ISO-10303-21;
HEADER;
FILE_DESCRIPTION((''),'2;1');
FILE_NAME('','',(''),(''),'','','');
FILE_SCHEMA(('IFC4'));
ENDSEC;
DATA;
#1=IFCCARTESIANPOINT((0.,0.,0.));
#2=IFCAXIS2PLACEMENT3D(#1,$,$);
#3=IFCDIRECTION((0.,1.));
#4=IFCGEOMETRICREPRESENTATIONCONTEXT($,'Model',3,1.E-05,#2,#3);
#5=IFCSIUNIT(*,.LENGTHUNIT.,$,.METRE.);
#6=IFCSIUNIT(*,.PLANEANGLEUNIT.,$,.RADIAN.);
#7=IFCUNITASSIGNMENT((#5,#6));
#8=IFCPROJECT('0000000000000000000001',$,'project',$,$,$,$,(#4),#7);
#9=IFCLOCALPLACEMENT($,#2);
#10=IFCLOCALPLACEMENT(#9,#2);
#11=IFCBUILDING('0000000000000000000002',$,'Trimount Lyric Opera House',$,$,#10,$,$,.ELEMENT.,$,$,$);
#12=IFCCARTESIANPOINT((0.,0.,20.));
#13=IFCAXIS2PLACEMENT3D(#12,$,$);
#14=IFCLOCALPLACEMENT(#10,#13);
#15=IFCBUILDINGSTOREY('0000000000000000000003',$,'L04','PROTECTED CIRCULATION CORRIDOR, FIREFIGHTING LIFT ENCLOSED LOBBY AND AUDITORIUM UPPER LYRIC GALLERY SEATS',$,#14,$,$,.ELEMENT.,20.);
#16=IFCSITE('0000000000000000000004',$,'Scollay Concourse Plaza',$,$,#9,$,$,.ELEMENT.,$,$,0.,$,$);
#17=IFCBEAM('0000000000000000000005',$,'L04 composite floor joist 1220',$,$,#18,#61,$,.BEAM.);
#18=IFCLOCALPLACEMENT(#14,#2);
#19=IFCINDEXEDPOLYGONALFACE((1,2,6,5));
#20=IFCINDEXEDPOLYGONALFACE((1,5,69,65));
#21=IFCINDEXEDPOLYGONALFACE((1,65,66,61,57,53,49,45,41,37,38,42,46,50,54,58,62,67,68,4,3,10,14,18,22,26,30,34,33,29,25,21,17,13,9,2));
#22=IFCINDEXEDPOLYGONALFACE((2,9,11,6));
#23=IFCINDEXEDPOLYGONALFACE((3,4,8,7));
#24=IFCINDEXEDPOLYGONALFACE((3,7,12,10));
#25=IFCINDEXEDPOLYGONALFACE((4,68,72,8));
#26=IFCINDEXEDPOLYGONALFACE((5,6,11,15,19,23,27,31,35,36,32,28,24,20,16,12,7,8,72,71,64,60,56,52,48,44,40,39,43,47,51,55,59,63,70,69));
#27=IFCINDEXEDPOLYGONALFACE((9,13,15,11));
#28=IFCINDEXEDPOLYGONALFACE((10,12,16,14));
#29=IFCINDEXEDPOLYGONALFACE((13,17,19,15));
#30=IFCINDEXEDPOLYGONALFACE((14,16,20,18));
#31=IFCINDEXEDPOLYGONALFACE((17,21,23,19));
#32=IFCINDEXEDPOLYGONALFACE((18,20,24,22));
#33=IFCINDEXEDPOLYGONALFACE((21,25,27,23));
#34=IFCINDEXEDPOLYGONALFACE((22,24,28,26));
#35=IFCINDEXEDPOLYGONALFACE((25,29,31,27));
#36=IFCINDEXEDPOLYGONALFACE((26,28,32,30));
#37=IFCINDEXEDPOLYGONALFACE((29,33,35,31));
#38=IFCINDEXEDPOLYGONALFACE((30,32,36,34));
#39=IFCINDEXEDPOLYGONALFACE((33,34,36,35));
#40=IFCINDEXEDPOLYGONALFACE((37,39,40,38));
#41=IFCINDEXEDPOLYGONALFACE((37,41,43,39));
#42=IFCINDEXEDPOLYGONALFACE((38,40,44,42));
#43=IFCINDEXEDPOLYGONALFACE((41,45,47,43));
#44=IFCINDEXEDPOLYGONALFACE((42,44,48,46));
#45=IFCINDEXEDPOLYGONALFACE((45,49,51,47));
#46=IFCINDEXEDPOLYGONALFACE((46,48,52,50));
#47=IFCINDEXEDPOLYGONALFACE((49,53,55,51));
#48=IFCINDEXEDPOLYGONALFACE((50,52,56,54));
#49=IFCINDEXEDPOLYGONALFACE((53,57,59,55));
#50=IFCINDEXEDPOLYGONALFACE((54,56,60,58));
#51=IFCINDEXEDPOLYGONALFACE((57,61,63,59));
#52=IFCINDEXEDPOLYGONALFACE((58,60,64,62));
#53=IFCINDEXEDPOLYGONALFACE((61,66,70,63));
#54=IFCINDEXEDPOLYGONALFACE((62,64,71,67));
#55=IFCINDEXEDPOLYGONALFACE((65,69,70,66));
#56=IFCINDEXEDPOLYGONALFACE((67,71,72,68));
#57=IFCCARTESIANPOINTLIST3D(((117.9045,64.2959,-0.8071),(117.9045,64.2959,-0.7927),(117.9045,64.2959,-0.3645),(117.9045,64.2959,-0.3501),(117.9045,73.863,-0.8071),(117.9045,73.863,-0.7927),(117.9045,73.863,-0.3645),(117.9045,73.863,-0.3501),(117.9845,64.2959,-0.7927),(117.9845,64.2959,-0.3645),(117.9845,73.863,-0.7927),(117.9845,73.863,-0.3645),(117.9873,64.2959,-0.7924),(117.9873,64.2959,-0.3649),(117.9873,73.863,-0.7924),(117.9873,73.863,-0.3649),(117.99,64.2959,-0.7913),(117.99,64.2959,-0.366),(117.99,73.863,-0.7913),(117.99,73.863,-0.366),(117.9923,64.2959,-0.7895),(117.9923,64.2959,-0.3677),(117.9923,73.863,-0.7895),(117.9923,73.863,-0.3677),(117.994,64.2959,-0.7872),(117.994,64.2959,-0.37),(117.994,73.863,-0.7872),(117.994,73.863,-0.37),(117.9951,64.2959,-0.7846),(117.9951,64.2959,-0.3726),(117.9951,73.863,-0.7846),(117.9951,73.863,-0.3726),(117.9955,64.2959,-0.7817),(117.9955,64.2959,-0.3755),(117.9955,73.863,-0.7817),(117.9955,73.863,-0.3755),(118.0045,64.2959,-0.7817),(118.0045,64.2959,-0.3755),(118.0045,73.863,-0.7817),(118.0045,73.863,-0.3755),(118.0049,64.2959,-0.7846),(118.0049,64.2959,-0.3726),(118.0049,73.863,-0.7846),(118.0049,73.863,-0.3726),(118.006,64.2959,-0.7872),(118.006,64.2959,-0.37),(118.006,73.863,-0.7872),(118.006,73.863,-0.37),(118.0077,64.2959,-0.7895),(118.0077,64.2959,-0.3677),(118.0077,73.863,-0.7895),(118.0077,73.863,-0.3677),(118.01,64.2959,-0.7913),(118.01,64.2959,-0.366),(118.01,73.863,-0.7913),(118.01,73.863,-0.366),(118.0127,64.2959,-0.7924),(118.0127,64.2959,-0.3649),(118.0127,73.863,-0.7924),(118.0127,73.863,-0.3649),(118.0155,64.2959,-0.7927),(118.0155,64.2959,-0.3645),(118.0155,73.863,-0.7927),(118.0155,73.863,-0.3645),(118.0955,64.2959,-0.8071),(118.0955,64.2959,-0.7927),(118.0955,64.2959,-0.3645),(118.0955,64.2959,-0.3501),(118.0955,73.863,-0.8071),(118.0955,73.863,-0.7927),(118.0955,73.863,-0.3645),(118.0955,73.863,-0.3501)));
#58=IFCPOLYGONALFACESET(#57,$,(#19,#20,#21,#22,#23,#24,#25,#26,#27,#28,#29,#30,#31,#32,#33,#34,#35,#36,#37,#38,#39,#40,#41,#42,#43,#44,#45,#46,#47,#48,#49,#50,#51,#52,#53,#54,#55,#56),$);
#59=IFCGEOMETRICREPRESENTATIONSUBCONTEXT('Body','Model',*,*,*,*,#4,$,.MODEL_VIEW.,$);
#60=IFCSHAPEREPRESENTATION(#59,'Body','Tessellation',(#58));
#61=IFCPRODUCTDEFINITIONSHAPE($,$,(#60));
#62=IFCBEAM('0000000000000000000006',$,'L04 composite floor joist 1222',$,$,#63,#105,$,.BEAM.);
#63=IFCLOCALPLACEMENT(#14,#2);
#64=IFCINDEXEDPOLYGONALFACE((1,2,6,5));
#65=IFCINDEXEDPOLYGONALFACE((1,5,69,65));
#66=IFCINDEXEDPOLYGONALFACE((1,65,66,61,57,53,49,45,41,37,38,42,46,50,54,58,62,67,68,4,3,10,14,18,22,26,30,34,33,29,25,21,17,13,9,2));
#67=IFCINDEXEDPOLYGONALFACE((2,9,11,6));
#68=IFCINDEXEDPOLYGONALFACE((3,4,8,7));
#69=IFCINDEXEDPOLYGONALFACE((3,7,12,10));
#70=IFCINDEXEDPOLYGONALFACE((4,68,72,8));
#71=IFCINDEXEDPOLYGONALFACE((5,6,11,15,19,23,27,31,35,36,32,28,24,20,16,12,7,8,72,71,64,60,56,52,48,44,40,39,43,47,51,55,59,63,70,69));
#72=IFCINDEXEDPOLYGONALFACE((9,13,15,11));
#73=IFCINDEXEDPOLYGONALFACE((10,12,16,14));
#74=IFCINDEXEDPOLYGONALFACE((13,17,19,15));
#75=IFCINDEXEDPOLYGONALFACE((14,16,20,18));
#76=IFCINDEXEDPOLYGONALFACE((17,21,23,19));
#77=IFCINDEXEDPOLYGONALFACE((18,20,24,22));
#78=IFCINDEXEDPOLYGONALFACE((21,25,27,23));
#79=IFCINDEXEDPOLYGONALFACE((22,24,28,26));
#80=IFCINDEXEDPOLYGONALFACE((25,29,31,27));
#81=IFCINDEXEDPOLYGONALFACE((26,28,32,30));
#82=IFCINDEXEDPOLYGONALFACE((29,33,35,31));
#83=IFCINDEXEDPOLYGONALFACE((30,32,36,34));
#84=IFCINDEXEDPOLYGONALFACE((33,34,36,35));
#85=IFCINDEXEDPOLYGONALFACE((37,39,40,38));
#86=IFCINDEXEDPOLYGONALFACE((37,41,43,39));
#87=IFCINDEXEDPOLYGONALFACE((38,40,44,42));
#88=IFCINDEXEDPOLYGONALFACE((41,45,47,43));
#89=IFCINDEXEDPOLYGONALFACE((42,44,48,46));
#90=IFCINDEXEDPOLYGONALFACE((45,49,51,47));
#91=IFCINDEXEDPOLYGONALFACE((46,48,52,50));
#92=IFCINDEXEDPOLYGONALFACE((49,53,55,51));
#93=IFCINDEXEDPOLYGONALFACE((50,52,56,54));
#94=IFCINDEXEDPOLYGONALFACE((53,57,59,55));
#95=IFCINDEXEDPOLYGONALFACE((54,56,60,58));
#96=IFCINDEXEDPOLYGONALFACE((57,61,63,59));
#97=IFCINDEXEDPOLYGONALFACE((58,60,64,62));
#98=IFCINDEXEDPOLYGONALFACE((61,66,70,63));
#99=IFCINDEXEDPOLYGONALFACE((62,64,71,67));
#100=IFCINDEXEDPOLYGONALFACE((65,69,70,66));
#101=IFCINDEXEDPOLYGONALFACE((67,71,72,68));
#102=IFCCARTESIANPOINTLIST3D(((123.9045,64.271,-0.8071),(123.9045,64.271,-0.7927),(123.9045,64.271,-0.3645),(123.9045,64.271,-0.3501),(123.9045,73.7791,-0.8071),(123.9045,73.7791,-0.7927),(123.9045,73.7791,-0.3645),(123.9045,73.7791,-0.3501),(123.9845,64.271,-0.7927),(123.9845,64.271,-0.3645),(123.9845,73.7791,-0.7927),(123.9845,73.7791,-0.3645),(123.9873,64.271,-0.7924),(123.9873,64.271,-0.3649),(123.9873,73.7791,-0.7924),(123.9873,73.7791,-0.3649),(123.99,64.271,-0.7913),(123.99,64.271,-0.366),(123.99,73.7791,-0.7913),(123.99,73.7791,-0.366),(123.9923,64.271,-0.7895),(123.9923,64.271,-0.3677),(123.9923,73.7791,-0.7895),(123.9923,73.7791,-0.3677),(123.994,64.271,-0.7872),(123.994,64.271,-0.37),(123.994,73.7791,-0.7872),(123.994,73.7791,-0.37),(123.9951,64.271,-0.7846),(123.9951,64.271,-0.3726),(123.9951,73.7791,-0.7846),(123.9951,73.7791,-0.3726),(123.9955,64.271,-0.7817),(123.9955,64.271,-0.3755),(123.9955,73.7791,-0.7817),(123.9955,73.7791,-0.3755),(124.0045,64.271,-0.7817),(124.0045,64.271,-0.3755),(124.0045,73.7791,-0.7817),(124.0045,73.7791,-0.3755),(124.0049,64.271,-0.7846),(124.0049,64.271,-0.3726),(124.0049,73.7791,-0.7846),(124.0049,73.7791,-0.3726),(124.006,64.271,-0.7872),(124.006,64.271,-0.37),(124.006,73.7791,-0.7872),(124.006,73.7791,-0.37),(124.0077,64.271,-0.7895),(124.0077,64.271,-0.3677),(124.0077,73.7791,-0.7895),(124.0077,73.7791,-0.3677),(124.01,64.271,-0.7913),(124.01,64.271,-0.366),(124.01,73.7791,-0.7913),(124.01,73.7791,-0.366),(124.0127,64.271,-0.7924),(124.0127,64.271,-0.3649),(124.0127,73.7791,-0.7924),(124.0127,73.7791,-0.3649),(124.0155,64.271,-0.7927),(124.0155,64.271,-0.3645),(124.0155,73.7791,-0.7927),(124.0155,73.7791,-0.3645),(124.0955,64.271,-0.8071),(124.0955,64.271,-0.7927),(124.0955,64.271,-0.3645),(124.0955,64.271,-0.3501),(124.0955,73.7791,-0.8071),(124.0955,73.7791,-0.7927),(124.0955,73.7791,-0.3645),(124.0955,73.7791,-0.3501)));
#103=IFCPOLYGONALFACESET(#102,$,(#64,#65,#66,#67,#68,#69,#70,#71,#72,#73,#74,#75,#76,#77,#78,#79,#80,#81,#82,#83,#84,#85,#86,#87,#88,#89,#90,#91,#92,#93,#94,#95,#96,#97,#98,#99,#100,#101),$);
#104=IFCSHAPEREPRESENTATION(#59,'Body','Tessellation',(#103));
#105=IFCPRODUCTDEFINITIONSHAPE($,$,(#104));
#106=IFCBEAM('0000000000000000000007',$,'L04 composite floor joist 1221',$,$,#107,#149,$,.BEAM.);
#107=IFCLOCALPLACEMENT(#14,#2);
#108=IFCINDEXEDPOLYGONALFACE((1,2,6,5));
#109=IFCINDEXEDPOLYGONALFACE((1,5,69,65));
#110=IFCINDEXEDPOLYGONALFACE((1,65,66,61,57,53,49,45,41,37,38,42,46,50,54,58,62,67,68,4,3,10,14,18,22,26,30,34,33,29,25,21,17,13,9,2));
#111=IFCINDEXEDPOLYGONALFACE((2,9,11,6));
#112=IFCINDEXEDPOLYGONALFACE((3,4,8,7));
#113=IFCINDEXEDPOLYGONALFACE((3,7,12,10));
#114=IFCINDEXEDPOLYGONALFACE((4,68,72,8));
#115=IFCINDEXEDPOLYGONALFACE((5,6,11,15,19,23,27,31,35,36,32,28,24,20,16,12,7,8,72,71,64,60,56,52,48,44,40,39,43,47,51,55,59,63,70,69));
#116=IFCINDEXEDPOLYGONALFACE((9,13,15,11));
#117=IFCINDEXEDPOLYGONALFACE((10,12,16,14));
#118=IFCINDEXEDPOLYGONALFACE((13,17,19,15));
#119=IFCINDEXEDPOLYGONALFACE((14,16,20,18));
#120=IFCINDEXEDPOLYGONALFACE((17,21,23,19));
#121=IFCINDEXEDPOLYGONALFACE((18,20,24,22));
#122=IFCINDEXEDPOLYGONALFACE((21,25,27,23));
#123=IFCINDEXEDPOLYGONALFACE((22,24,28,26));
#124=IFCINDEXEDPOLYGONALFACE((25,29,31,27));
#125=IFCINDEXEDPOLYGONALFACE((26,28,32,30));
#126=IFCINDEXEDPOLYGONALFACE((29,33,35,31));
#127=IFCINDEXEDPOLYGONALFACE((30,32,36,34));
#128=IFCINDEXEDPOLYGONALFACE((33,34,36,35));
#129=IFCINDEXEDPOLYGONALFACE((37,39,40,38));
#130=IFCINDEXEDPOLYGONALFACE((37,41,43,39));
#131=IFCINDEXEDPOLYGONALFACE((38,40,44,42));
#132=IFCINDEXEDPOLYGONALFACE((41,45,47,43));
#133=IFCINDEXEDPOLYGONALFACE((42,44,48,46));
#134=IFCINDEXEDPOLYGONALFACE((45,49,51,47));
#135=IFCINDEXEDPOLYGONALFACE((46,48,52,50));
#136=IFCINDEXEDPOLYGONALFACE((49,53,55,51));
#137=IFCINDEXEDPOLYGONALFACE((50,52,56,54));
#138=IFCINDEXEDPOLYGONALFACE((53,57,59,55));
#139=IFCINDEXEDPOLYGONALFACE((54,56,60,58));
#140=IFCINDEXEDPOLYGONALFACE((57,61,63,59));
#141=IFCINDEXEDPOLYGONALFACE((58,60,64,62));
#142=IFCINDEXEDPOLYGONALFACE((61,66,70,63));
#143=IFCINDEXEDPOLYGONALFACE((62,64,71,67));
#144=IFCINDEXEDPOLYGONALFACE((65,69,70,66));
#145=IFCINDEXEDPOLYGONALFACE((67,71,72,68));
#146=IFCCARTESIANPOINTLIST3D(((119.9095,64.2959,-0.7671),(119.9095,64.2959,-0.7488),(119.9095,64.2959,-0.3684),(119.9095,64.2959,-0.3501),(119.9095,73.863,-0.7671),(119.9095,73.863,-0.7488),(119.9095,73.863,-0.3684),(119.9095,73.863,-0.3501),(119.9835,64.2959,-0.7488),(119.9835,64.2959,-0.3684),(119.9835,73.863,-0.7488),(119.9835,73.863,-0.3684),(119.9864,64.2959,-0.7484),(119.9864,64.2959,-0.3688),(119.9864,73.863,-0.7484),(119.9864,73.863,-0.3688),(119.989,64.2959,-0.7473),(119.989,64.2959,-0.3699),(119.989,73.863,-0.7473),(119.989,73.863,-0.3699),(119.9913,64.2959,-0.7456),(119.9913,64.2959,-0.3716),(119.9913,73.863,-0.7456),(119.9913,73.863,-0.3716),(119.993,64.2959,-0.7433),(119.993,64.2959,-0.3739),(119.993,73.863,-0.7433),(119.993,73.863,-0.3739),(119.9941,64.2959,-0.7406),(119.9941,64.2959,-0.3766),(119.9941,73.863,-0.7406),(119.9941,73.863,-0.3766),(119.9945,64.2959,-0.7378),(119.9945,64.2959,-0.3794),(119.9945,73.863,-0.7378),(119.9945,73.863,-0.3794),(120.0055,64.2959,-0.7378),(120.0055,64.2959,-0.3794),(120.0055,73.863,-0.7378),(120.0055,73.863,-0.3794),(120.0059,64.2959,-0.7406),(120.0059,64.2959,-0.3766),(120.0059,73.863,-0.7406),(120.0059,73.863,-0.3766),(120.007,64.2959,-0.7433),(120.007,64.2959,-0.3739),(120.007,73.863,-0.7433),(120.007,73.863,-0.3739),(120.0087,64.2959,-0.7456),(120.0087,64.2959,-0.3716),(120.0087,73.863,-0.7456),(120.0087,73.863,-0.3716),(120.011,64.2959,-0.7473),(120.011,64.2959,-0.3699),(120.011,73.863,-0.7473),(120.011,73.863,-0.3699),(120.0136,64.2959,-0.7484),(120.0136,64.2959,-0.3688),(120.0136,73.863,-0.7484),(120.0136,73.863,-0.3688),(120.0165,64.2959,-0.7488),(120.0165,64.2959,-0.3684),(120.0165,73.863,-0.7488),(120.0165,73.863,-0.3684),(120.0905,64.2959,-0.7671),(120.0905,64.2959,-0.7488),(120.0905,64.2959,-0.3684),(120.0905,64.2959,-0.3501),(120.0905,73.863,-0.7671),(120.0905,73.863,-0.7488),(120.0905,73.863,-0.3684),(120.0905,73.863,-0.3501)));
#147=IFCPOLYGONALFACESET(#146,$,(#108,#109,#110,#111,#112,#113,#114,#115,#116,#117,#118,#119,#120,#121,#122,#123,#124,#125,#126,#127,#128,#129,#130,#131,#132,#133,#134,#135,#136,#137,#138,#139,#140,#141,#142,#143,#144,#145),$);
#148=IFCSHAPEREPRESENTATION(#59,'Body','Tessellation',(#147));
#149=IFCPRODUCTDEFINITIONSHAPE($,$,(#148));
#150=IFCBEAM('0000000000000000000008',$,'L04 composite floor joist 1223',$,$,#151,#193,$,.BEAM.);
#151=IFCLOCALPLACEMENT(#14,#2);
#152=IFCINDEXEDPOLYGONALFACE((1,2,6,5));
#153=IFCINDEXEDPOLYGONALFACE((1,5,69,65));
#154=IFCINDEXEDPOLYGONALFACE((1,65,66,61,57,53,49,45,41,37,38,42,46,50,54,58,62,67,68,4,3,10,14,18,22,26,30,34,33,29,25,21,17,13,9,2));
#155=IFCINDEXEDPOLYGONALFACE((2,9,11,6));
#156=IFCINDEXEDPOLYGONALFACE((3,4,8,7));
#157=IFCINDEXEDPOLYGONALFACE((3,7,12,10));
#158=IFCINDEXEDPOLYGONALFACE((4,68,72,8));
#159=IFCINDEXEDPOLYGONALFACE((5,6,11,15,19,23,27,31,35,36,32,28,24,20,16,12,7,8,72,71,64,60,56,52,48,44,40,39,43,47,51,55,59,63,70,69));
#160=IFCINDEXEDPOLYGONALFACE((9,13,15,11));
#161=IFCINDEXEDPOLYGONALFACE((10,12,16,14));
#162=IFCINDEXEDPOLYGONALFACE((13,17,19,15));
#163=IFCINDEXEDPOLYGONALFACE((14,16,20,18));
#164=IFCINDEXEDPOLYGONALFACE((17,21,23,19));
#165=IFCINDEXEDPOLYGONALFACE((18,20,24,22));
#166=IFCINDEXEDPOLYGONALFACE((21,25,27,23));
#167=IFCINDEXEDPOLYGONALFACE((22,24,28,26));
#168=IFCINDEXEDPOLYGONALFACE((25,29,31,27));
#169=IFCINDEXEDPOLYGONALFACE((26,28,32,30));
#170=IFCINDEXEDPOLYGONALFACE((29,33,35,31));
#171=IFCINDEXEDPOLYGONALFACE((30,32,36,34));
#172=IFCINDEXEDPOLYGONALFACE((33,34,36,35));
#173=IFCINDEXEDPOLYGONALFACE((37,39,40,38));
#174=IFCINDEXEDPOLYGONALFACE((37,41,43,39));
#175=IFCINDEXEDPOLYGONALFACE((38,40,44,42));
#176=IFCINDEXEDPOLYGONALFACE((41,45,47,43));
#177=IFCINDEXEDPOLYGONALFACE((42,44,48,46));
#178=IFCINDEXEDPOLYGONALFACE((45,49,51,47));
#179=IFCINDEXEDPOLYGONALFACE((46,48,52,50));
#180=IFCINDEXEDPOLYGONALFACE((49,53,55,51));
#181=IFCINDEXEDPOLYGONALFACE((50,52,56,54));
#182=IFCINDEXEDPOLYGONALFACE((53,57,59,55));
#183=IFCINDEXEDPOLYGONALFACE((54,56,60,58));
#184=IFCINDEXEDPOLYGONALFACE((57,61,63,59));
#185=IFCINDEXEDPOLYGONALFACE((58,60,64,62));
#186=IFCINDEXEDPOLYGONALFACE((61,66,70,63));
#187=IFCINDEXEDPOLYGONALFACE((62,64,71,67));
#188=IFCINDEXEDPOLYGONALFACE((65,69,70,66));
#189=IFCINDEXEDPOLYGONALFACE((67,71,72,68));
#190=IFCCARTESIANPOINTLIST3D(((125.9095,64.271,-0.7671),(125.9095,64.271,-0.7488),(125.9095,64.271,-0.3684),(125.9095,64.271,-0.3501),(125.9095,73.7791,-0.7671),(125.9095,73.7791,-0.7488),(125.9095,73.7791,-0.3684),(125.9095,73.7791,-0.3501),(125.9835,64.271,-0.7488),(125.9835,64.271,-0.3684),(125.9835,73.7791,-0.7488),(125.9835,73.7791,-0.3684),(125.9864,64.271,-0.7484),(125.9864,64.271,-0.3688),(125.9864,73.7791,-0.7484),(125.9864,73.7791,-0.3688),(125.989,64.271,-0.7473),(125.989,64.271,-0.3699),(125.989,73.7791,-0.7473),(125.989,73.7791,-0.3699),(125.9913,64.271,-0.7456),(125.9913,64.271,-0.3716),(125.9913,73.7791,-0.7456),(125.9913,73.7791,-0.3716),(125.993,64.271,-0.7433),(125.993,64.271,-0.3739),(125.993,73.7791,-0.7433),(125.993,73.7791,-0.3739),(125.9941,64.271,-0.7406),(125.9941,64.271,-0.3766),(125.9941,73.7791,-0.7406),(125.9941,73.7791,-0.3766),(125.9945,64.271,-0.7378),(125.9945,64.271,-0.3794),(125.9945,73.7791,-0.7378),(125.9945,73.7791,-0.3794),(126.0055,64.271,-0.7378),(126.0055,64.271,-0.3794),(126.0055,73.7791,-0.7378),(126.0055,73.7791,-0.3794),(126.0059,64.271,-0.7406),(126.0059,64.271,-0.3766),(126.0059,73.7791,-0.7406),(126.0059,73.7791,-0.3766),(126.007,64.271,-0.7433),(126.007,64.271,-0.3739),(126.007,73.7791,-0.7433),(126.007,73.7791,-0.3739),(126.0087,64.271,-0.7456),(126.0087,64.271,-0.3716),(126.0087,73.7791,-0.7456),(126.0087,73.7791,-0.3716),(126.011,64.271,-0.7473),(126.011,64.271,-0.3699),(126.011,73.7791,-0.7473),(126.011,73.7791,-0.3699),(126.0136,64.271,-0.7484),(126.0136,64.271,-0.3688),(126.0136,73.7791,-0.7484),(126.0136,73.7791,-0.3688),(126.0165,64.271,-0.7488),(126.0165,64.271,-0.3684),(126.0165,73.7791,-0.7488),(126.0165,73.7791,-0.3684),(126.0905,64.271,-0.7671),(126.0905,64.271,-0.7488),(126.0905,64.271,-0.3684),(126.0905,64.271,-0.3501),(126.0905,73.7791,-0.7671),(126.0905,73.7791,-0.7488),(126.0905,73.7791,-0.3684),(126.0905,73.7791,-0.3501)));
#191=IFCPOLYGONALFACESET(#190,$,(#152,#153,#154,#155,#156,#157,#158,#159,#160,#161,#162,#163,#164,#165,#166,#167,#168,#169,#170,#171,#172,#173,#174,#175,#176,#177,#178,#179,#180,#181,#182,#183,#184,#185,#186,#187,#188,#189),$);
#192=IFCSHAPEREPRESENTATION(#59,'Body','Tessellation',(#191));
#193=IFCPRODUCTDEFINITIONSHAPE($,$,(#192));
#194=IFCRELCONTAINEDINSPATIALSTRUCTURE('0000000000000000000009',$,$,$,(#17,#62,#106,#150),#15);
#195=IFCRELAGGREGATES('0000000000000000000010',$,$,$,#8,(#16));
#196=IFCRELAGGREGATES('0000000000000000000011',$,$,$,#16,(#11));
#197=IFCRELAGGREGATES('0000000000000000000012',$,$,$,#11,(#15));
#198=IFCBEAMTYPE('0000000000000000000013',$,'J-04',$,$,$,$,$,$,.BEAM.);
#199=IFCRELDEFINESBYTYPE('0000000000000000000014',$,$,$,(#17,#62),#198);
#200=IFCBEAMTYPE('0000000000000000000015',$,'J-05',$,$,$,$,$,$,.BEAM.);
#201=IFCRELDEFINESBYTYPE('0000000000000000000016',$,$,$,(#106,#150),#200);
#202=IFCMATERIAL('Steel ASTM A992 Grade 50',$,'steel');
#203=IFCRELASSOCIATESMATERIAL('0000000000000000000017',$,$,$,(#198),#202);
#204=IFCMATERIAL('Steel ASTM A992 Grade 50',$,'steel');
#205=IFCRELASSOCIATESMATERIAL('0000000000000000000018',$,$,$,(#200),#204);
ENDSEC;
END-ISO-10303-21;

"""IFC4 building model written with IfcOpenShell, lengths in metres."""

from ifc_helpers import new_model, si_unit, direction, frame, origin, origin_2d, place, context, subcontext, project, spatial, i_section, extrude, material, material_profile, profile_set, type_object, element, save


model = new_model("IFC4")

# Units and contexts
model_context = context("Model", 3, precision=1e-05, world=origin(), true_north=direction((0.0, 1.0)))
body_context = subcontext(model_context, "Body", "Model", "MODEL_VIEW")
ifc_project = project(units=[si_unit("LENGTHUNIT", "METRE"), si_unit("PLANEANGLEUNIT", "RADIAN")], contexts=[model_context])

# Site, building, storey
site_placement = place(None, origin())
site = spatial("IfcSite", under=ifc_project, at=site_placement, Name="Scollay Concourse Plaza", CompositionType="ELEMENT", RefElevation=0.0)
building_placement = place(site_placement, origin())
building = spatial("IfcBuilding", under=site, at=building_placement, Name="Trimount Lyric Opera House", CompositionType="ELEMENT")
storey_placement = place(building_placement, frame((0.0, 0.0, 20.0)))
storey = spatial("IfcBuildingStorey", under=building, at=storey_placement, Name="L04", Description="PROTECTED CIRCULATION CORRIDOR, FIREFIGHTING LIFT ENCLOSED LOBBY AND AUDITORIUM UPPER LYRIC GALLERY SEATS", CompositionType="ELEMENT", Elevation=20.0)

# Beams
ifc_material_1 = material(Name="Steel ASTM A992 Grade 50", Category="steel")
ifc_material_profile_1 = material_profile(ifc_material_1, i_section(OverallWidth=0.1909, OverallDepth=0.457, WebThickness=0.009, FlangeThickness=0.0144, FilletRadius=0.011, at=origin_2d()), Name="W18X50")
ifc_profile_set_1 = profile_set([ifc_material_profile_1], Name="Steel ASTM A992 Grade 50")
beam_type_1 = type_object("IfcBeamType", Name="J-04", PredefinedType="BEAM", material=ifc_profile_set_1)
beam_1_placement = place(storey_placement, frame((118.0, 64.2959, -0.5786), z_axis=(0.0, 1.0, 0.0), x_axis=(-1.0, 0.0, 0.0)))
element("IfcBeam", 1, at=beam_1_placement, inside=storey, type_object=beam_type_1, Name="L04 composite floor joist 1220", PredefinedType="BEAM", context=body_context, shape_type="SweptSolid", body=[
    extrude(i_section(OverallWidth=0.1909, OverallDepth=0.457, WebThickness=0.009, FlangeThickness=0.0144, FilletRadius=0.011, at=origin_2d()), origin(), (0.0, 0.0, 1.0), 9.5671),
])
beam_2_placement = place(storey_placement, frame((124.0, 64.271, -0.5786), z_axis=(0.0, 1.0, 0.0), x_axis=(-1.0, 0.0, 0.0)))
element("IfcBeam", 2, at=beam_2_placement, inside=storey, type_object=beam_type_1, Name="L04 composite floor joist 1222", PredefinedType="BEAM", context=body_context, shape_type="SweptSolid", body=[
    extrude(i_section(OverallWidth=0.1909, OverallDepth=0.457, WebThickness=0.009, FlangeThickness=0.0144, FilletRadius=0.011, at=origin_2d()), origin(), (0.0, 0.0, 1.0), 9.5081),
])
ifc_material_2 = material(Name="Steel ASTM A992 Grade 50", Category="steel")
ifc_material_profile_2 = material_profile(ifc_material_2, i_section(OverallWidth=0.1809, OverallDepth=0.417, WebThickness=0.011, FlangeThickness=0.0183, FilletRadius=0.011, at=origin_2d()), Name="W16X57")
ifc_profile_set_2 = profile_set([ifc_material_profile_2], Name="Steel ASTM A992 Grade 50")
beam_type_2 = type_object("IfcBeamType", Name="J-05", PredefinedType="BEAM", material=ifc_profile_set_2)
beam_3_placement = place(storey_placement, frame((120.0, 64.2959, -0.5586), z_axis=(0.0, 1.0, 0.0), x_axis=(-1.0, 0.0, 0.0)))
element("IfcBeam", 3, at=beam_3_placement, inside=storey, type_object=beam_type_2, Name="L04 composite floor joist 1221", PredefinedType="BEAM", context=body_context, shape_type="SweptSolid", body=[
    extrude(i_section(OverallWidth=0.1809, OverallDepth=0.417, WebThickness=0.011, FlangeThickness=0.0183, FilletRadius=0.011, at=origin_2d()), origin(), (0.0, 0.0, 1.0), 9.5671),
])
beam_4_placement = place(storey_placement, frame((126.0, 64.271, -0.5586), z_axis=(0.0, 1.0, 0.0), x_axis=(-1.0, 0.0, 0.0)))
element("IfcBeam", 4, at=beam_4_placement, inside=storey, type_object=beam_type_2, Name="L04 composite floor joist 1223", PredefinedType="BEAM", context=body_context, shape_type="SweptSolid", body=[
    extrude(i_section(OverallWidth=0.1809, OverallDepth=0.417, WebThickness=0.011, FlangeThickness=0.0183, FilletRadius=0.011, at=origin_2d()), origin(), (0.0, 0.0, 1.0), 9.5081),
])

save(model, "model.ifc")
